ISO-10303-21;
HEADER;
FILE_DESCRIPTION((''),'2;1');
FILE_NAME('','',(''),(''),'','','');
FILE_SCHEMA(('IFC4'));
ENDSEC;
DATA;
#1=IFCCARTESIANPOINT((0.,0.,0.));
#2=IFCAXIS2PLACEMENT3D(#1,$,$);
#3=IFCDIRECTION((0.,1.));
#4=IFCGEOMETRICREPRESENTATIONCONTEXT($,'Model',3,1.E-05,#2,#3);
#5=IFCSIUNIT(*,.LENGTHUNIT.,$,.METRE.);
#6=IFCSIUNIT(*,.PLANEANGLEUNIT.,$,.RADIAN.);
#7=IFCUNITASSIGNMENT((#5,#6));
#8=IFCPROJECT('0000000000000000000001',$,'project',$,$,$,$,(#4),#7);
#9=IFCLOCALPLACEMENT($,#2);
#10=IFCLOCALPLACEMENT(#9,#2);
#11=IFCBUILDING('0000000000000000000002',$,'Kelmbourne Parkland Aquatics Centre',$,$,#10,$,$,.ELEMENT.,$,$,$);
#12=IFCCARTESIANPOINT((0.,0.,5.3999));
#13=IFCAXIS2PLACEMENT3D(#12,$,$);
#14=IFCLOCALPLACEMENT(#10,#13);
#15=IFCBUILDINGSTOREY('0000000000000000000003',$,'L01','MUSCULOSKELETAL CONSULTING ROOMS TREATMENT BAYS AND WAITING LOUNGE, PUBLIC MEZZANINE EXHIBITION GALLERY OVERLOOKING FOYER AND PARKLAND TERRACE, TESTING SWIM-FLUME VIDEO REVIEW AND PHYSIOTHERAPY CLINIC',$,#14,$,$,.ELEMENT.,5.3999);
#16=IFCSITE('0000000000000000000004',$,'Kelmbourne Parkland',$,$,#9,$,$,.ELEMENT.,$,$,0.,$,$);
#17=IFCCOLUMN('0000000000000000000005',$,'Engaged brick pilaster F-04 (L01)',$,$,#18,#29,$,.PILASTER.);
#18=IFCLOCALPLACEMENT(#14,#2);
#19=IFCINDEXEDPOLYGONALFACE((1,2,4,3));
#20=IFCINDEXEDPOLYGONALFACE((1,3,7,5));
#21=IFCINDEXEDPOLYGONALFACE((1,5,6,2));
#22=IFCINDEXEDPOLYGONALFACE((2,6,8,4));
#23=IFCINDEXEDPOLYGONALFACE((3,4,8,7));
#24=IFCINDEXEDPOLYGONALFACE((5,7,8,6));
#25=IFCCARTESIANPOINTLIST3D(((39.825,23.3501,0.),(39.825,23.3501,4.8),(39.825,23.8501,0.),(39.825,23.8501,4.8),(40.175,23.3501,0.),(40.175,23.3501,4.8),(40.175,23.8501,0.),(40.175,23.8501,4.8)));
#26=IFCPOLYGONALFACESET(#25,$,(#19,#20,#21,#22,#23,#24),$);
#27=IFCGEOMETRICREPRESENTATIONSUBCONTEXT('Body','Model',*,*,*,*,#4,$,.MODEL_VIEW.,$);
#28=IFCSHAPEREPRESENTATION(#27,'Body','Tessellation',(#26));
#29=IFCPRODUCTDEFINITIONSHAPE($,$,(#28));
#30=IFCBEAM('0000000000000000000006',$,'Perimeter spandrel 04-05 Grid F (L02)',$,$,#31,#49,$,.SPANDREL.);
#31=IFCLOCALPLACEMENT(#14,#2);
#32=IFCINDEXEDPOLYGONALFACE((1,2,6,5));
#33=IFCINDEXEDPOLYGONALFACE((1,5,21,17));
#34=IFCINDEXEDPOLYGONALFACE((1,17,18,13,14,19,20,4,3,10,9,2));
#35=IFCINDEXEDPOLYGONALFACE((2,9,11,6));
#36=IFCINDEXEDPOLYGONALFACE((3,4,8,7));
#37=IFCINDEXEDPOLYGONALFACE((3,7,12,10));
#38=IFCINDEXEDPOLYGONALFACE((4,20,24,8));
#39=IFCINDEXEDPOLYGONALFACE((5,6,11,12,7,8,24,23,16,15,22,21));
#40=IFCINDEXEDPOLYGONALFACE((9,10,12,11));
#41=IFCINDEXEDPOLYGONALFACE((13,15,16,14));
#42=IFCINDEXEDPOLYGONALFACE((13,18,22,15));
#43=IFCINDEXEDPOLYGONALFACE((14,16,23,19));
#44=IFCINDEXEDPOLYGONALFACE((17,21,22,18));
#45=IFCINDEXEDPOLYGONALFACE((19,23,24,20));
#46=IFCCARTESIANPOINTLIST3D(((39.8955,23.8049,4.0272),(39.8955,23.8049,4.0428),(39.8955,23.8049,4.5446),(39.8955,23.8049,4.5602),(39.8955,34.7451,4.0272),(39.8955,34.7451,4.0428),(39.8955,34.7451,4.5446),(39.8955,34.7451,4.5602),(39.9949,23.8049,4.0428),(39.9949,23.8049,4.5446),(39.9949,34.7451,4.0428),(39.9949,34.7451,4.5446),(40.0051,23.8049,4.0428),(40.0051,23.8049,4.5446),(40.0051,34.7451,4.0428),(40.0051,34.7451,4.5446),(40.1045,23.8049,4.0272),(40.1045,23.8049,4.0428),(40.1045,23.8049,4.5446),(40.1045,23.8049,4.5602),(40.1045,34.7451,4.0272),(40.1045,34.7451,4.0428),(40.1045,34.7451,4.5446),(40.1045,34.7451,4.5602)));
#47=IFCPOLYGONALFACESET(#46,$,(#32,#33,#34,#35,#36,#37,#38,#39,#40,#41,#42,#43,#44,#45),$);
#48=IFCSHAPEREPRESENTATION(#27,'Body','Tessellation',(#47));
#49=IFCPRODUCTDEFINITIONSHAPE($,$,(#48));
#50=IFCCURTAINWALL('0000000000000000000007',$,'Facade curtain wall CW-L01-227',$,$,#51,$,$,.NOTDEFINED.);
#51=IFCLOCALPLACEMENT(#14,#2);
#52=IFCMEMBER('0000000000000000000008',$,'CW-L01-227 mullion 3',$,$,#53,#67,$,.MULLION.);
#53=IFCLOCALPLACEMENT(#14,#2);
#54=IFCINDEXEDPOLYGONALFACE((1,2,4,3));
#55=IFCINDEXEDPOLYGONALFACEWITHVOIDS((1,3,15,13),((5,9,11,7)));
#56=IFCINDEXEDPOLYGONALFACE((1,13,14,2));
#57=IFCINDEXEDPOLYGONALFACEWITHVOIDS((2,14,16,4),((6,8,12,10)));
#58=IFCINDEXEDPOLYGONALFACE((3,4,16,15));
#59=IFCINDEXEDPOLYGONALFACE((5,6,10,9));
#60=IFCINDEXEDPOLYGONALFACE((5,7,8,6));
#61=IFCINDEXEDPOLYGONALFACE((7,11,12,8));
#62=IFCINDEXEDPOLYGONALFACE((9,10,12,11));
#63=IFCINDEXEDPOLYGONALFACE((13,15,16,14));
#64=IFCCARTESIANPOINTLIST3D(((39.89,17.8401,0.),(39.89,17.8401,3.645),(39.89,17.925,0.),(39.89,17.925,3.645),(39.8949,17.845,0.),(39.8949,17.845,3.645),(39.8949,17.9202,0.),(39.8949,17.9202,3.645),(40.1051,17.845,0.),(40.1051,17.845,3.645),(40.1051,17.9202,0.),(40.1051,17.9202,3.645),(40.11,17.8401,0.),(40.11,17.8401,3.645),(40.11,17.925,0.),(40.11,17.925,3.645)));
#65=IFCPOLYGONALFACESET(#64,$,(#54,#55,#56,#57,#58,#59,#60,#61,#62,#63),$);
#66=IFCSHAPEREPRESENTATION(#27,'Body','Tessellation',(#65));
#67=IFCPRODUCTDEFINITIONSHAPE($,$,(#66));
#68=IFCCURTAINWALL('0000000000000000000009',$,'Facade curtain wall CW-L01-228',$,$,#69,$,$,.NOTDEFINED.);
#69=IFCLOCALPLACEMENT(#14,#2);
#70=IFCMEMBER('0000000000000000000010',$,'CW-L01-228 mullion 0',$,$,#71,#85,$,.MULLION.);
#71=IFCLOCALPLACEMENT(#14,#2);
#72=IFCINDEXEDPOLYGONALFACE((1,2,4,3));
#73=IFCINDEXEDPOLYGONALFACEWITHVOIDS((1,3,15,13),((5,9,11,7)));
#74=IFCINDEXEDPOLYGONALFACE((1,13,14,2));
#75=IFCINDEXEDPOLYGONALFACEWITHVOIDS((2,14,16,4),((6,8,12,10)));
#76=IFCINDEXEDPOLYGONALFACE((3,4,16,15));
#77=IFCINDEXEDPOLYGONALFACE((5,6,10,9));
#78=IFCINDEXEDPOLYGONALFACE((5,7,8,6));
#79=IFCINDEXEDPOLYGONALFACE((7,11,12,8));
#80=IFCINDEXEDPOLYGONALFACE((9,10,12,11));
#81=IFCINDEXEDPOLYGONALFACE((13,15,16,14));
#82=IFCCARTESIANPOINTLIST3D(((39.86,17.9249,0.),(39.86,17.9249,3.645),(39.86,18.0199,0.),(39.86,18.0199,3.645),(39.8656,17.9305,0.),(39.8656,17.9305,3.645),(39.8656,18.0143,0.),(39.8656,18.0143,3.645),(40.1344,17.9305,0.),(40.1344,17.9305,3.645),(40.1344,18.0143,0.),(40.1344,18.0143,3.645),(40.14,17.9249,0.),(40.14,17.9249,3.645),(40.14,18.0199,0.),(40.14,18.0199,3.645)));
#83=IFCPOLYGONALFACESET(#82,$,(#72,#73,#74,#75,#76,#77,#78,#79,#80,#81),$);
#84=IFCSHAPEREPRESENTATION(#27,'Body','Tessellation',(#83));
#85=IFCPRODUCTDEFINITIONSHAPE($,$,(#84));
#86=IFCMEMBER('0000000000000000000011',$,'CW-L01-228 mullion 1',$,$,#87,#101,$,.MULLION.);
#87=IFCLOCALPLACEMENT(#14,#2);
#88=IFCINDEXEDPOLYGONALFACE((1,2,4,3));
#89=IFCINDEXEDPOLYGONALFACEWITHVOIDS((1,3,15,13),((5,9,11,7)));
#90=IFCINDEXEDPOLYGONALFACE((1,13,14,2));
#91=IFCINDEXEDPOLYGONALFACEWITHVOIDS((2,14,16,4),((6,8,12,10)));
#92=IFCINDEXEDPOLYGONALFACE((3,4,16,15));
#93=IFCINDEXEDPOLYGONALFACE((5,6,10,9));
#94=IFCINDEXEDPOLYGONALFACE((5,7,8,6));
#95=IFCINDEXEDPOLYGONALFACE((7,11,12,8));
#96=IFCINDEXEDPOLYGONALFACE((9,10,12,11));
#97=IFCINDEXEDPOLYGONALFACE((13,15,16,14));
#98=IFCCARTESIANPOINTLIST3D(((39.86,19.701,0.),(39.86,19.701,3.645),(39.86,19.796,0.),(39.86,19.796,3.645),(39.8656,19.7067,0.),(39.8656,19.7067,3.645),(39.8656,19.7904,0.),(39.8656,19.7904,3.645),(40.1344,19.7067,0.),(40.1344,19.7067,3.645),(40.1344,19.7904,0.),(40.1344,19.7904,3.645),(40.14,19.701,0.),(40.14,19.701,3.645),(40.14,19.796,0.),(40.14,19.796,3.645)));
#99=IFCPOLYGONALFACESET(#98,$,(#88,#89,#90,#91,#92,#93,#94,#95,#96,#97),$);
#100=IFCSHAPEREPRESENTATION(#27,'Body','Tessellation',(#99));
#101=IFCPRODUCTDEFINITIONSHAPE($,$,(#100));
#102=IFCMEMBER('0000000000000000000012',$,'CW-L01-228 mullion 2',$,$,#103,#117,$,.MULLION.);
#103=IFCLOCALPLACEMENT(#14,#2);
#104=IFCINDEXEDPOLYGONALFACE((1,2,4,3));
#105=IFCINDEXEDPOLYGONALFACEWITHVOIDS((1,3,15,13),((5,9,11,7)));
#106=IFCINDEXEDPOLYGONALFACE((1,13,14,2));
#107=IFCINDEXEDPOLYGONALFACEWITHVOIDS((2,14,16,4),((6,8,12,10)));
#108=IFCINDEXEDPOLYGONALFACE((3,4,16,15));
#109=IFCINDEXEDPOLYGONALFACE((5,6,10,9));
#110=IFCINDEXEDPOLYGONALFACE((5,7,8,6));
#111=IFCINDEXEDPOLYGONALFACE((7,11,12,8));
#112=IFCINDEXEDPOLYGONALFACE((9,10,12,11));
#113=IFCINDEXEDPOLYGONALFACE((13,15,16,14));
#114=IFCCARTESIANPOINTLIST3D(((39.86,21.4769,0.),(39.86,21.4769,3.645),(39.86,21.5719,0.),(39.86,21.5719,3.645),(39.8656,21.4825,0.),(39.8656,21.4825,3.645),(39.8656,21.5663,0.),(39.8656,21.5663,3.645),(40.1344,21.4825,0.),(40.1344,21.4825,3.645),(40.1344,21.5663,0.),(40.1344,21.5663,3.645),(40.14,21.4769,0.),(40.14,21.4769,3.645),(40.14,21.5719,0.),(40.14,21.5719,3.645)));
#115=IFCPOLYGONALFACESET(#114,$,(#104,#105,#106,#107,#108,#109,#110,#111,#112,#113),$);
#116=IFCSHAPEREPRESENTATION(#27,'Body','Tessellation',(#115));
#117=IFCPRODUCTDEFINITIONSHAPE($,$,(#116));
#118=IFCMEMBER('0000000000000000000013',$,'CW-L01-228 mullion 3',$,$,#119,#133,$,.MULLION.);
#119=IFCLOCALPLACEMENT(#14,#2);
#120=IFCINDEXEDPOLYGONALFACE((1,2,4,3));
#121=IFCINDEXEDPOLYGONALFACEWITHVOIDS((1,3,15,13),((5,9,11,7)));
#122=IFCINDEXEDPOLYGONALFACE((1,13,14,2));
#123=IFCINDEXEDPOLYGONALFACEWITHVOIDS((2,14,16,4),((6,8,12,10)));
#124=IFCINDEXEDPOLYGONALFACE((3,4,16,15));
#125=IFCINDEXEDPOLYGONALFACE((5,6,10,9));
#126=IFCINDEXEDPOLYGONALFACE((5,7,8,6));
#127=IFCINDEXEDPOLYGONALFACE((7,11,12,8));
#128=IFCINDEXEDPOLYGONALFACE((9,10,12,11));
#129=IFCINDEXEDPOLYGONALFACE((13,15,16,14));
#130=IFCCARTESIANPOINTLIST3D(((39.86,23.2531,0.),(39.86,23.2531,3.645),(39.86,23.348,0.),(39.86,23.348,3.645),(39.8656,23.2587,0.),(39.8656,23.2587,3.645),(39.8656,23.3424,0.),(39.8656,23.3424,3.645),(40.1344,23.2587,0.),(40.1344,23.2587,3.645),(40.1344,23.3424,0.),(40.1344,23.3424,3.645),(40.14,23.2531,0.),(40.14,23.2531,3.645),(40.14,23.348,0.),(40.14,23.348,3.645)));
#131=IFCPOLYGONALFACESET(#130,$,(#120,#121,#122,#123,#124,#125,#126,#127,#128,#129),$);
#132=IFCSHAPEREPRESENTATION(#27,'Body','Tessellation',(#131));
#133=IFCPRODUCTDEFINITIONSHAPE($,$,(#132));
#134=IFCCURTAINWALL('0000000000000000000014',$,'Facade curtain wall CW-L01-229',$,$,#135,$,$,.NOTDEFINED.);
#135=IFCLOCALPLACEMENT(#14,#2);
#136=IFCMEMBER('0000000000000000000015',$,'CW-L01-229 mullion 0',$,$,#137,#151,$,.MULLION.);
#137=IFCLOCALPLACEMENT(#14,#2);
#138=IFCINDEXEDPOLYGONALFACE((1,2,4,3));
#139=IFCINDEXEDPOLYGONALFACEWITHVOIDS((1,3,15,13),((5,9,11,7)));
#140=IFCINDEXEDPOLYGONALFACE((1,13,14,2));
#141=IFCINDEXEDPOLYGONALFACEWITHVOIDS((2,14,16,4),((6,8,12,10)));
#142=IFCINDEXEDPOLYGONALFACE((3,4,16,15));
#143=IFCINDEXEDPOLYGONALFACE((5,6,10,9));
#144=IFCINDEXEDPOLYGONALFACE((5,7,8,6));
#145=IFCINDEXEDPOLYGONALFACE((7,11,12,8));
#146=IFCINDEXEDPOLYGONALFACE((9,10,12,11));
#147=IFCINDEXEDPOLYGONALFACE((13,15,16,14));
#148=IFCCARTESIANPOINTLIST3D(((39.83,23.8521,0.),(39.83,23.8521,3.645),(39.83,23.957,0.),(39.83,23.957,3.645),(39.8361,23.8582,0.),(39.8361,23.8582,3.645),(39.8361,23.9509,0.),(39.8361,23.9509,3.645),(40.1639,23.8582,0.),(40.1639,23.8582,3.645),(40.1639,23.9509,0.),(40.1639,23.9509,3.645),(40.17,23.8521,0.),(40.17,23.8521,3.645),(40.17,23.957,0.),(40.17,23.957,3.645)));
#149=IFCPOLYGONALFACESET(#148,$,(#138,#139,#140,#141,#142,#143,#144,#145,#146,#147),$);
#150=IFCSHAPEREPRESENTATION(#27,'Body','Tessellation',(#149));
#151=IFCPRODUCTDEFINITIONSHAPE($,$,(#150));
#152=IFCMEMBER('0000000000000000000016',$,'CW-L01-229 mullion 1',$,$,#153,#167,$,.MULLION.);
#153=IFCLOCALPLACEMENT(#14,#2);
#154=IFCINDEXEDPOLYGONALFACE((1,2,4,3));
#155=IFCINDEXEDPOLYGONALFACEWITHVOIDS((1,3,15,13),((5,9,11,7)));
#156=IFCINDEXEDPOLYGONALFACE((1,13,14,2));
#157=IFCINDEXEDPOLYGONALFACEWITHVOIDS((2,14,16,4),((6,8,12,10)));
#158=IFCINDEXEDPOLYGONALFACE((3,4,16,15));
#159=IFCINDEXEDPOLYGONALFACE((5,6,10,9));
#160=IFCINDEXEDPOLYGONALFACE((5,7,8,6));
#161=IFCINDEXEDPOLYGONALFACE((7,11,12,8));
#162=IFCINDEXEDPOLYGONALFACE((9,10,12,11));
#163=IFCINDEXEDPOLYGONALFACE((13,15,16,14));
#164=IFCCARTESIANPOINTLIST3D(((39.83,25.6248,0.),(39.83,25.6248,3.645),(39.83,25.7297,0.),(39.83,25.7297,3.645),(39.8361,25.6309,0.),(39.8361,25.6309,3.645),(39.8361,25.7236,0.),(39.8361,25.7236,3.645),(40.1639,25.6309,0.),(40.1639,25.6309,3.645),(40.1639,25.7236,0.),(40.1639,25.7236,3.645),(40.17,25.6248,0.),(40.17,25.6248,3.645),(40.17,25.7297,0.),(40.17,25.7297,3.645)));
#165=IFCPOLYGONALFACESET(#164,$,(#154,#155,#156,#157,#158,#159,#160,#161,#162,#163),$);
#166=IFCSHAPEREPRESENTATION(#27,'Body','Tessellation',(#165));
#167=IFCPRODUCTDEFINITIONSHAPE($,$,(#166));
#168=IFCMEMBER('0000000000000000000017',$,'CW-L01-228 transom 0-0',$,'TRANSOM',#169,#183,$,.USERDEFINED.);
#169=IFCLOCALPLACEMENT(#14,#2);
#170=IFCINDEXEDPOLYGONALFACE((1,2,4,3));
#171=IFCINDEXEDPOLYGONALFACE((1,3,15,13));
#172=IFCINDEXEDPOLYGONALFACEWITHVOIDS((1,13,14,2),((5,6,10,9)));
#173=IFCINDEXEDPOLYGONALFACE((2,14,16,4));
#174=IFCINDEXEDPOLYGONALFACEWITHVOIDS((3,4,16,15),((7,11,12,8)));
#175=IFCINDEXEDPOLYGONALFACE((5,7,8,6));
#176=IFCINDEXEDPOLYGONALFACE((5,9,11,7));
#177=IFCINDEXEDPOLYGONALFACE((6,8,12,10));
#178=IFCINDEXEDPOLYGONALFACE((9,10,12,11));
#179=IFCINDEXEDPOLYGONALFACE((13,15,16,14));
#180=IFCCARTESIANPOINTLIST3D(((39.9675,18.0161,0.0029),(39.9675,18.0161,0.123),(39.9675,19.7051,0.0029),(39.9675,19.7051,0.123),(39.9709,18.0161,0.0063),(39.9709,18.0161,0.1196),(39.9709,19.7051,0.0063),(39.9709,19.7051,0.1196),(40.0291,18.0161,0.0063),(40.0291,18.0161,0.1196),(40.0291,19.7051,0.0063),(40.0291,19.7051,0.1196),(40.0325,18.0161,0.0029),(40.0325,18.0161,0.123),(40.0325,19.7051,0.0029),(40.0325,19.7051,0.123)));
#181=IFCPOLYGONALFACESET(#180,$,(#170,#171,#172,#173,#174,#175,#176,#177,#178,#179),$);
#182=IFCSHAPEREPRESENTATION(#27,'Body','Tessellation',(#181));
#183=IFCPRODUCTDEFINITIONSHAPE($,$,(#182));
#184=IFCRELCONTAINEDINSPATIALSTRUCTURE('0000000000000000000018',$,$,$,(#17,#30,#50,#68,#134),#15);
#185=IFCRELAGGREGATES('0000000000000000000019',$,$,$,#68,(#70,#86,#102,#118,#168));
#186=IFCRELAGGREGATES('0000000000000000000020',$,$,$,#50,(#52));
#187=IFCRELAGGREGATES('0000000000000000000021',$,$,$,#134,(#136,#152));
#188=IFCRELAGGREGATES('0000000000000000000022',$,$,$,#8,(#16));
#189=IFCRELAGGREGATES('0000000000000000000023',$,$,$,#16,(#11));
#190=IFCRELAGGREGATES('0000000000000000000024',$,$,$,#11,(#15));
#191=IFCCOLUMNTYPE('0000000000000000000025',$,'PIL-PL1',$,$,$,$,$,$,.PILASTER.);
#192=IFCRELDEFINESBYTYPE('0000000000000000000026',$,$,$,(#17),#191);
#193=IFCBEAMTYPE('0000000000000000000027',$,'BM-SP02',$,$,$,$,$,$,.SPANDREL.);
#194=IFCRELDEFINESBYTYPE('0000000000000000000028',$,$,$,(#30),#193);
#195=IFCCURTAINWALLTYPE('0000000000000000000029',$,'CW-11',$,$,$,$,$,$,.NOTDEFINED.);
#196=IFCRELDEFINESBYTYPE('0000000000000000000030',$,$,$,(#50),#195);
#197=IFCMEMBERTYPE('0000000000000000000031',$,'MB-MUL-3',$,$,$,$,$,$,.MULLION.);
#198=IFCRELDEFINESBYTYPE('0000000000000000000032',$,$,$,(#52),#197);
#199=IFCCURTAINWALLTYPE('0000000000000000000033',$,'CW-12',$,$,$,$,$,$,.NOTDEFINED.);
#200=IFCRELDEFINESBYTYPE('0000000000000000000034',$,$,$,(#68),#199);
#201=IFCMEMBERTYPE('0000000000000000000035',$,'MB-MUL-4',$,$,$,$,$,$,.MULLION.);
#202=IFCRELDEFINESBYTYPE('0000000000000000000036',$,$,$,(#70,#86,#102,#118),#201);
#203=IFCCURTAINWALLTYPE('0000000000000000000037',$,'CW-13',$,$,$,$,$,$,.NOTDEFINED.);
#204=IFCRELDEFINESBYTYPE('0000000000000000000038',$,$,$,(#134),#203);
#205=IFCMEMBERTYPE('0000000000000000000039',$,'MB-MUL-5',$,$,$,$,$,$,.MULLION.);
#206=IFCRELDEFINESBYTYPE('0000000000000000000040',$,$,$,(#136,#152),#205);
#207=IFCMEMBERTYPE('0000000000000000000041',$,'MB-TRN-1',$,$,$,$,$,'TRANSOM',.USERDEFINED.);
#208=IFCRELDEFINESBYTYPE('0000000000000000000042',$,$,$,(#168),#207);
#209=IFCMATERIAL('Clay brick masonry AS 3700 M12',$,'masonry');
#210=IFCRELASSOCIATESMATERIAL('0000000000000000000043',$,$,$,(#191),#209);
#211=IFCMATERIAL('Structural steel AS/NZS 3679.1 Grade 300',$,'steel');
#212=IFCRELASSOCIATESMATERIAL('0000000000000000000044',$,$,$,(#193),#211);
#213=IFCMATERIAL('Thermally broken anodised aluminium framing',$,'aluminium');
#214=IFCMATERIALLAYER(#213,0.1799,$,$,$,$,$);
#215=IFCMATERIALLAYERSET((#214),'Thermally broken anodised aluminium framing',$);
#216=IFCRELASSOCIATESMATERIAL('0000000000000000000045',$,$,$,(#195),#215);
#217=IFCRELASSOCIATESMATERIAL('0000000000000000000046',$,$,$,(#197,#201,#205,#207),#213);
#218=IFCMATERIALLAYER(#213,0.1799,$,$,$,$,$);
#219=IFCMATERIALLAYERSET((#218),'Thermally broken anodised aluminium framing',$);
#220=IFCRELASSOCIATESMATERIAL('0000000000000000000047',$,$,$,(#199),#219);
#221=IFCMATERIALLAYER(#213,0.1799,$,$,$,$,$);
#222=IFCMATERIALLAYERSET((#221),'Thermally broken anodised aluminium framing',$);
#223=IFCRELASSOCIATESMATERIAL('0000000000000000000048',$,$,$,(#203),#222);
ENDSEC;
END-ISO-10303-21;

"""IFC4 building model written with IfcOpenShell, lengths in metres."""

from ifc_helpers import new_model, si_unit, direction, frame, origin, origin_2d, place, context, subcontext, project, spatial, rectangle, hollow_rectangle, i_section, extrude, material, layer, layer_set, material_profile, profile_set, type_object, element, aggregate, save


model = new_model("IFC4")

# Units and contexts
model_context = context("Model", 3, precision=1e-05, world=origin(), true_north=direction((0.0, 1.0)))
body_context = subcontext(model_context, "Body", "Model", "MODEL_VIEW")
ifc_project = project(units=[si_unit("LENGTHUNIT", "METRE"), si_unit("PLANEANGLEUNIT", "RADIAN")], contexts=[model_context])

# Site, building, storey
site_placement = place(None, origin())
site = spatial("IfcSite", under=ifc_project, at=site_placement, Name="Kelmbourne Parkland", CompositionType="ELEMENT", RefElevation=0.0)
building_placement = place(site_placement, origin())
building = spatial("IfcBuilding", under=site, at=building_placement, Name="Kelmbourne Parkland Aquatics Centre", CompositionType="ELEMENT")
storey_placement = place(building_placement, frame((0.0, 0.0, 5.3999)))
storey = spatial("IfcBuildingStorey", under=building, at=storey_placement, Name="L01", Description="MUSCULOSKELETAL CONSULTING ROOMS TREATMENT BAYS AND WAITING LOUNGE, PUBLIC MEZZANINE EXHIBITION GALLERY OVERLOOKING FOYER AND PARKLAND TERRACE, TESTING SWIM-FLUME VIDEO REVIEW AND PHYSIOTHERAPY CLINIC", CompositionType="ELEMENT", Elevation=5.3999)

# Column
ifc_material_1 = material(Name="Clay brick masonry AS 3700 M12", Category="masonry")
ifc_material_profile_1 = material_profile(ifc_material_1, rectangle(XDim=0.3501, YDim=0.5, at=origin_2d()), Name="PIL 350x500")
ifc_profile_set_1 = profile_set([ifc_material_profile_1], Name="Clay brick masonry AS 3700 M12")
column_type = type_object("IfcColumnType", Name="PIL-PL1", PredefinedType="PILASTER", material=ifc_profile_set_1)
column_placement = place(storey_placement, frame((40.0, 23.6001, 0.0), z_axis=(0.0, 0.0, 1.0), x_axis=(1.0, 0.0, 0.0)))
element("IfcColumn", 1, at=column_placement, inside=storey, type_object=column_type, Name="Engaged brick pilaster F-04 (L01)", PredefinedType="PILASTER", context=body_context, shape_type="SweptSolid", body=[
    extrude(rectangle(XDim=0.3501, YDim=0.5, at=origin_2d()), origin(), (0.0, 0.0, 1.0), 4.8),
])

# Beam
ifc_material_2 = material(Name="Structural steel AS/NZS 3679.1 Grade 300", Category="steel")
ifc_material_profile_2 = material_profile(ifc_material_2, i_section(OverallWidth=0.209, OverallDepth=0.533, WebThickness=0.0103, FlangeThickness=0.0156, at=origin_2d()), Name="530UB92.4")
ifc_profile_set_2 = profile_set([ifc_material_profile_2], Name="Structural steel AS/NZS 3679.1 Grade 300")
beam_type = type_object("IfcBeamType", Name="BM-SP02", PredefinedType="SPANDREL", material=ifc_profile_set_2)
beam_placement = place(storey_placement, frame((40.0, 23.8049, 4.2937), z_axis=(0.0, 1.0, 0.0), x_axis=(-1.0, 0.0, 0.0)))
element("IfcBeam", 2, at=beam_placement, inside=storey, type_object=beam_type, Name="Perimeter spandrel 04-05 Grid F (L02)", PredefinedType="SPANDREL", context=body_context, shape_type="SweptSolid", body=[
    extrude(i_section(OverallWidth=0.209, OverallDepth=0.533, WebThickness=0.0103, FlangeThickness=0.0156, at=origin_2d()), origin(), (0.0, 0.0, 1.0), 10.9402),
])

# Curtain wall, member
ifc_material_3 = material(Name="Thermally broken anodised aluminium framing", Category="aluminium")
ifc_layer_1 = layer(ifc_material_3, 0.1799)
ifc_layer_set_1 = layer_set([ifc_layer_1], Name="Thermally broken anodised aluminium framing")
curtain_wall_type_1 = type_object("IfcCurtainWallType", Name="CW-11", PredefinedType="NOTDEFINED", material=ifc_layer_set_1)
curtain_wall_1_placement = place(storey_placement, origin())
curtain_wall_1 = element("IfcCurtainWall", 3, at=curtain_wall_1_placement, inside=storey, type_object=curtain_wall_type_1, Name="Facade curtain wall CW-L01-227", PredefinedType="NOTDEFINED")
ifc_material_profile_3 = material_profile(ifc_material_3, hollow_rectangle(XDim=0.085, YDim=0.22, WallThickness=0.0049, at=origin_2d()), Name="CW-M 85x220")
ifc_profile_set_3 = profile_set([ifc_material_profile_3], Name="Thermally broken anodised aluminium framing")
member_type_1 = type_object("IfcMemberType", Name="MB-MUL-3", PredefinedType="MULLION", material=ifc_profile_set_3)
member_1_placement = place(storey_placement, frame((40.0, 17.8826, 0.0), z_axis=(0.0, 0.0, 1.0), x_axis=(0.0, 1.0, 0.0)))
member_1 = element("IfcMember", 4, at=member_1_placement, type_object=member_type_1, Name="CW-L01-227 mullion 3", PredefinedType="MULLION", context=body_context, shape_type="SweptSolid", body=[
    extrude(hollow_rectangle(XDim=0.085, YDim=0.22, WallThickness=0.0049, at=origin_2d()), origin(), (0.0, 0.0, 1.0), 3.645),
])

# Curtain walls, members
ifc_layer_2 = layer(ifc_material_3, 0.1799)
ifc_layer_set_2 = layer_set([ifc_layer_2], Name="Thermally broken anodised aluminium framing")
curtain_wall_type_2 = type_object("IfcCurtainWallType", Name="CW-12", PredefinedType="NOTDEFINED", material=ifc_layer_set_2)
curtain_wall_2_placement = place(storey_placement, origin())
curtain_wall_2 = element("IfcCurtainWall", 5, at=curtain_wall_2_placement, inside=storey, type_object=curtain_wall_type_2, Name="Facade curtain wall CW-L01-228", PredefinedType="NOTDEFINED")
ifc_material_profile_4 = material_profile(ifc_material_3, hollow_rectangle(XDim=0.095, YDim=0.28, WallThickness=0.0056, at=origin_2d()), Name="CW-M 95x280")
ifc_profile_set_4 = profile_set([ifc_material_profile_4], Name="Thermally broken anodised aluminium framing")
member_type_2 = type_object("IfcMemberType", Name="MB-MUL-4", PredefinedType="MULLION", material=ifc_profile_set_4)
member_2_placement = place(storey_placement, frame((40.0, 17.9724, 0.0), z_axis=(0.0, 0.0, 1.0), x_axis=(0.0, 1.0, 0.0)))
member_2 = element("IfcMember", 6, at=member_2_placement, type_object=member_type_2, Name="CW-L01-228 mullion 0", PredefinedType="MULLION", context=body_context, shape_type="SweptSolid", body=[
    extrude(hollow_rectangle(XDim=0.095, YDim=0.28, WallThickness=0.0056, at=origin_2d()), origin(), (0.0, 0.0, 1.0), 3.645),
])
member_3_placement = place(storey_placement, frame((40.0, 19.7485, 0.0), z_axis=(0.0, 0.0, 1.0), x_axis=(0.0, 1.0, 0.0)))
member_3 = element("IfcMember", 7, at=member_3_placement, type_object=member_type_2, Name="CW-L01-228 mullion 1", PredefinedType="MULLION", context=body_context, shape_type="SweptSolid", body=[
    extrude(hollow_rectangle(XDim=0.095, YDim=0.28, WallThickness=0.0056, at=origin_2d()), origin(), (0.0, 0.0, 1.0), 3.645),
])
member_4_placement = place(storey_placement, frame((40.0, 21.5244, 0.0), z_axis=(0.0, 0.0, 1.0), x_axis=(0.0, 1.0, 0.0)))
member_4 = element("IfcMember", 8, at=member_4_placement, type_object=member_type_2, Name="CW-L01-228 mullion 2", PredefinedType="MULLION", context=body_context, shape_type="SweptSolid", body=[
    extrude(hollow_rectangle(XDim=0.095, YDim=0.28, WallThickness=0.0056, at=origin_2d()), origin(), (0.0, 0.0, 1.0), 3.645),
])
member_5_placement = place(storey_placement, frame((40.0, 23.3005, 0.0), z_axis=(0.0, 0.0, 1.0), x_axis=(0.0, 1.0, 0.0)))
member_5 = element("IfcMember", 9, at=member_5_placement, type_object=member_type_2, Name="CW-L01-228 mullion 3", PredefinedType="MULLION", context=body_context, shape_type="SweptSolid", body=[
    extrude(hollow_rectangle(XDim=0.095, YDim=0.28, WallThickness=0.0056, at=origin_2d()), origin(), (0.0, 0.0, 1.0), 3.645),
])
ifc_layer_3 = layer(ifc_material_3, 0.1799)
ifc_layer_set_3 = layer_set([ifc_layer_3], Name="Thermally broken anodised aluminium framing")
curtain_wall_type_3 = type_object("IfcCurtainWallType", Name="CW-13", PredefinedType="NOTDEFINED", material=ifc_layer_set_3)
curtain_wall_3_placement = place(storey_placement, origin())
curtain_wall_3 = element("IfcCurtainWall", 10, at=curtain_wall_3_placement, inside=storey, type_object=curtain_wall_type_3, Name="Facade curtain wall CW-L01-229", PredefinedType="NOTDEFINED")
ifc_material_profile_5 = material_profile(ifc_material_3, hollow_rectangle(XDim=0.105, YDim=0.3401, WallThickness=0.0061, at=origin_2d()), Name="CW-M 105x340")
ifc_profile_set_5 = profile_set([ifc_material_profile_5], Name="Thermally broken anodised aluminium framing")
member_type_3 = type_object("IfcMemberType", Name="MB-MUL-5", PredefinedType="MULLION", material=ifc_profile_set_5)
member_6_placement = place(storey_placement, frame((40.0, 23.9045, 0.0), z_axis=(0.0, 0.0, 1.0), x_axis=(0.0, 1.0, 0.0)))
member_6 = element("IfcMember", 11, at=member_6_placement, type_object=member_type_3, Name="CW-L01-229 mullion 0", PredefinedType="MULLION", context=body_context, shape_type="SweptSolid", body=[
    extrude(hollow_rectangle(XDim=0.105, YDim=0.3401, WallThickness=0.0061, at=origin_2d()), origin(), (0.0, 0.0, 1.0), 3.645),
])
member_7_placement = place(storey_placement, frame((40.0, 25.6772, 0.0), z_axis=(0.0, 0.0, 1.0), x_axis=(0.0, 1.0, 0.0)))
member_7 = element("IfcMember", 12, at=member_7_placement, type_object=member_type_3, Name="CW-L01-229 mullion 1", PredefinedType="MULLION", context=body_context, shape_type="SweptSolid", body=[
    extrude(hollow_rectangle(XDim=0.105, YDim=0.3401, WallThickness=0.0061, at=origin_2d()), origin(), (0.0, 0.0, 1.0), 3.645),
])

# Member
ifc_material_profile_6 = material_profile(ifc_material_3, hollow_rectangle(XDim=0.0649, YDim=0.1201, WallThickness=0.0034, at=origin_2d()), Name="CW-T 65x120")
ifc_profile_set_6 = profile_set([ifc_material_profile_6], Name="Thermally broken anodised aluminium framing")
member_type_4 = type_object("IfcMemberType", Name="MB-TRN-1", ElementType="TRANSOM", PredefinedType="USERDEFINED", material=ifc_profile_set_6)
member_8_placement = place(storey_placement, frame((40.0, 18.0161, 0.063), z_axis=(0.0, 1.0, 0.0), x_axis=(-1.0, 0.0, 0.0)))
member_8 = element("IfcMember", 13, at=member_8_placement, type_object=member_type_4, Name="CW-L01-228 transom 0-0", ObjectType="TRANSOM", PredefinedType="USERDEFINED", context=body_context, shape_type="SweptSolid", body=[
    extrude(hollow_rectangle(XDim=0.0649, YDim=0.1201, WallThickness=0.0034, at=origin_2d()), origin(), (0.0, 0.0, 1.0), 1.689),
])

aggregate(curtain_wall_2, [member_2, member_3, member_4, member_5, member_8])
aggregate(curtain_wall_1, [member_1])
aggregate(curtain_wall_3, [member_6, member_7])

save(model, "model.ifc")
